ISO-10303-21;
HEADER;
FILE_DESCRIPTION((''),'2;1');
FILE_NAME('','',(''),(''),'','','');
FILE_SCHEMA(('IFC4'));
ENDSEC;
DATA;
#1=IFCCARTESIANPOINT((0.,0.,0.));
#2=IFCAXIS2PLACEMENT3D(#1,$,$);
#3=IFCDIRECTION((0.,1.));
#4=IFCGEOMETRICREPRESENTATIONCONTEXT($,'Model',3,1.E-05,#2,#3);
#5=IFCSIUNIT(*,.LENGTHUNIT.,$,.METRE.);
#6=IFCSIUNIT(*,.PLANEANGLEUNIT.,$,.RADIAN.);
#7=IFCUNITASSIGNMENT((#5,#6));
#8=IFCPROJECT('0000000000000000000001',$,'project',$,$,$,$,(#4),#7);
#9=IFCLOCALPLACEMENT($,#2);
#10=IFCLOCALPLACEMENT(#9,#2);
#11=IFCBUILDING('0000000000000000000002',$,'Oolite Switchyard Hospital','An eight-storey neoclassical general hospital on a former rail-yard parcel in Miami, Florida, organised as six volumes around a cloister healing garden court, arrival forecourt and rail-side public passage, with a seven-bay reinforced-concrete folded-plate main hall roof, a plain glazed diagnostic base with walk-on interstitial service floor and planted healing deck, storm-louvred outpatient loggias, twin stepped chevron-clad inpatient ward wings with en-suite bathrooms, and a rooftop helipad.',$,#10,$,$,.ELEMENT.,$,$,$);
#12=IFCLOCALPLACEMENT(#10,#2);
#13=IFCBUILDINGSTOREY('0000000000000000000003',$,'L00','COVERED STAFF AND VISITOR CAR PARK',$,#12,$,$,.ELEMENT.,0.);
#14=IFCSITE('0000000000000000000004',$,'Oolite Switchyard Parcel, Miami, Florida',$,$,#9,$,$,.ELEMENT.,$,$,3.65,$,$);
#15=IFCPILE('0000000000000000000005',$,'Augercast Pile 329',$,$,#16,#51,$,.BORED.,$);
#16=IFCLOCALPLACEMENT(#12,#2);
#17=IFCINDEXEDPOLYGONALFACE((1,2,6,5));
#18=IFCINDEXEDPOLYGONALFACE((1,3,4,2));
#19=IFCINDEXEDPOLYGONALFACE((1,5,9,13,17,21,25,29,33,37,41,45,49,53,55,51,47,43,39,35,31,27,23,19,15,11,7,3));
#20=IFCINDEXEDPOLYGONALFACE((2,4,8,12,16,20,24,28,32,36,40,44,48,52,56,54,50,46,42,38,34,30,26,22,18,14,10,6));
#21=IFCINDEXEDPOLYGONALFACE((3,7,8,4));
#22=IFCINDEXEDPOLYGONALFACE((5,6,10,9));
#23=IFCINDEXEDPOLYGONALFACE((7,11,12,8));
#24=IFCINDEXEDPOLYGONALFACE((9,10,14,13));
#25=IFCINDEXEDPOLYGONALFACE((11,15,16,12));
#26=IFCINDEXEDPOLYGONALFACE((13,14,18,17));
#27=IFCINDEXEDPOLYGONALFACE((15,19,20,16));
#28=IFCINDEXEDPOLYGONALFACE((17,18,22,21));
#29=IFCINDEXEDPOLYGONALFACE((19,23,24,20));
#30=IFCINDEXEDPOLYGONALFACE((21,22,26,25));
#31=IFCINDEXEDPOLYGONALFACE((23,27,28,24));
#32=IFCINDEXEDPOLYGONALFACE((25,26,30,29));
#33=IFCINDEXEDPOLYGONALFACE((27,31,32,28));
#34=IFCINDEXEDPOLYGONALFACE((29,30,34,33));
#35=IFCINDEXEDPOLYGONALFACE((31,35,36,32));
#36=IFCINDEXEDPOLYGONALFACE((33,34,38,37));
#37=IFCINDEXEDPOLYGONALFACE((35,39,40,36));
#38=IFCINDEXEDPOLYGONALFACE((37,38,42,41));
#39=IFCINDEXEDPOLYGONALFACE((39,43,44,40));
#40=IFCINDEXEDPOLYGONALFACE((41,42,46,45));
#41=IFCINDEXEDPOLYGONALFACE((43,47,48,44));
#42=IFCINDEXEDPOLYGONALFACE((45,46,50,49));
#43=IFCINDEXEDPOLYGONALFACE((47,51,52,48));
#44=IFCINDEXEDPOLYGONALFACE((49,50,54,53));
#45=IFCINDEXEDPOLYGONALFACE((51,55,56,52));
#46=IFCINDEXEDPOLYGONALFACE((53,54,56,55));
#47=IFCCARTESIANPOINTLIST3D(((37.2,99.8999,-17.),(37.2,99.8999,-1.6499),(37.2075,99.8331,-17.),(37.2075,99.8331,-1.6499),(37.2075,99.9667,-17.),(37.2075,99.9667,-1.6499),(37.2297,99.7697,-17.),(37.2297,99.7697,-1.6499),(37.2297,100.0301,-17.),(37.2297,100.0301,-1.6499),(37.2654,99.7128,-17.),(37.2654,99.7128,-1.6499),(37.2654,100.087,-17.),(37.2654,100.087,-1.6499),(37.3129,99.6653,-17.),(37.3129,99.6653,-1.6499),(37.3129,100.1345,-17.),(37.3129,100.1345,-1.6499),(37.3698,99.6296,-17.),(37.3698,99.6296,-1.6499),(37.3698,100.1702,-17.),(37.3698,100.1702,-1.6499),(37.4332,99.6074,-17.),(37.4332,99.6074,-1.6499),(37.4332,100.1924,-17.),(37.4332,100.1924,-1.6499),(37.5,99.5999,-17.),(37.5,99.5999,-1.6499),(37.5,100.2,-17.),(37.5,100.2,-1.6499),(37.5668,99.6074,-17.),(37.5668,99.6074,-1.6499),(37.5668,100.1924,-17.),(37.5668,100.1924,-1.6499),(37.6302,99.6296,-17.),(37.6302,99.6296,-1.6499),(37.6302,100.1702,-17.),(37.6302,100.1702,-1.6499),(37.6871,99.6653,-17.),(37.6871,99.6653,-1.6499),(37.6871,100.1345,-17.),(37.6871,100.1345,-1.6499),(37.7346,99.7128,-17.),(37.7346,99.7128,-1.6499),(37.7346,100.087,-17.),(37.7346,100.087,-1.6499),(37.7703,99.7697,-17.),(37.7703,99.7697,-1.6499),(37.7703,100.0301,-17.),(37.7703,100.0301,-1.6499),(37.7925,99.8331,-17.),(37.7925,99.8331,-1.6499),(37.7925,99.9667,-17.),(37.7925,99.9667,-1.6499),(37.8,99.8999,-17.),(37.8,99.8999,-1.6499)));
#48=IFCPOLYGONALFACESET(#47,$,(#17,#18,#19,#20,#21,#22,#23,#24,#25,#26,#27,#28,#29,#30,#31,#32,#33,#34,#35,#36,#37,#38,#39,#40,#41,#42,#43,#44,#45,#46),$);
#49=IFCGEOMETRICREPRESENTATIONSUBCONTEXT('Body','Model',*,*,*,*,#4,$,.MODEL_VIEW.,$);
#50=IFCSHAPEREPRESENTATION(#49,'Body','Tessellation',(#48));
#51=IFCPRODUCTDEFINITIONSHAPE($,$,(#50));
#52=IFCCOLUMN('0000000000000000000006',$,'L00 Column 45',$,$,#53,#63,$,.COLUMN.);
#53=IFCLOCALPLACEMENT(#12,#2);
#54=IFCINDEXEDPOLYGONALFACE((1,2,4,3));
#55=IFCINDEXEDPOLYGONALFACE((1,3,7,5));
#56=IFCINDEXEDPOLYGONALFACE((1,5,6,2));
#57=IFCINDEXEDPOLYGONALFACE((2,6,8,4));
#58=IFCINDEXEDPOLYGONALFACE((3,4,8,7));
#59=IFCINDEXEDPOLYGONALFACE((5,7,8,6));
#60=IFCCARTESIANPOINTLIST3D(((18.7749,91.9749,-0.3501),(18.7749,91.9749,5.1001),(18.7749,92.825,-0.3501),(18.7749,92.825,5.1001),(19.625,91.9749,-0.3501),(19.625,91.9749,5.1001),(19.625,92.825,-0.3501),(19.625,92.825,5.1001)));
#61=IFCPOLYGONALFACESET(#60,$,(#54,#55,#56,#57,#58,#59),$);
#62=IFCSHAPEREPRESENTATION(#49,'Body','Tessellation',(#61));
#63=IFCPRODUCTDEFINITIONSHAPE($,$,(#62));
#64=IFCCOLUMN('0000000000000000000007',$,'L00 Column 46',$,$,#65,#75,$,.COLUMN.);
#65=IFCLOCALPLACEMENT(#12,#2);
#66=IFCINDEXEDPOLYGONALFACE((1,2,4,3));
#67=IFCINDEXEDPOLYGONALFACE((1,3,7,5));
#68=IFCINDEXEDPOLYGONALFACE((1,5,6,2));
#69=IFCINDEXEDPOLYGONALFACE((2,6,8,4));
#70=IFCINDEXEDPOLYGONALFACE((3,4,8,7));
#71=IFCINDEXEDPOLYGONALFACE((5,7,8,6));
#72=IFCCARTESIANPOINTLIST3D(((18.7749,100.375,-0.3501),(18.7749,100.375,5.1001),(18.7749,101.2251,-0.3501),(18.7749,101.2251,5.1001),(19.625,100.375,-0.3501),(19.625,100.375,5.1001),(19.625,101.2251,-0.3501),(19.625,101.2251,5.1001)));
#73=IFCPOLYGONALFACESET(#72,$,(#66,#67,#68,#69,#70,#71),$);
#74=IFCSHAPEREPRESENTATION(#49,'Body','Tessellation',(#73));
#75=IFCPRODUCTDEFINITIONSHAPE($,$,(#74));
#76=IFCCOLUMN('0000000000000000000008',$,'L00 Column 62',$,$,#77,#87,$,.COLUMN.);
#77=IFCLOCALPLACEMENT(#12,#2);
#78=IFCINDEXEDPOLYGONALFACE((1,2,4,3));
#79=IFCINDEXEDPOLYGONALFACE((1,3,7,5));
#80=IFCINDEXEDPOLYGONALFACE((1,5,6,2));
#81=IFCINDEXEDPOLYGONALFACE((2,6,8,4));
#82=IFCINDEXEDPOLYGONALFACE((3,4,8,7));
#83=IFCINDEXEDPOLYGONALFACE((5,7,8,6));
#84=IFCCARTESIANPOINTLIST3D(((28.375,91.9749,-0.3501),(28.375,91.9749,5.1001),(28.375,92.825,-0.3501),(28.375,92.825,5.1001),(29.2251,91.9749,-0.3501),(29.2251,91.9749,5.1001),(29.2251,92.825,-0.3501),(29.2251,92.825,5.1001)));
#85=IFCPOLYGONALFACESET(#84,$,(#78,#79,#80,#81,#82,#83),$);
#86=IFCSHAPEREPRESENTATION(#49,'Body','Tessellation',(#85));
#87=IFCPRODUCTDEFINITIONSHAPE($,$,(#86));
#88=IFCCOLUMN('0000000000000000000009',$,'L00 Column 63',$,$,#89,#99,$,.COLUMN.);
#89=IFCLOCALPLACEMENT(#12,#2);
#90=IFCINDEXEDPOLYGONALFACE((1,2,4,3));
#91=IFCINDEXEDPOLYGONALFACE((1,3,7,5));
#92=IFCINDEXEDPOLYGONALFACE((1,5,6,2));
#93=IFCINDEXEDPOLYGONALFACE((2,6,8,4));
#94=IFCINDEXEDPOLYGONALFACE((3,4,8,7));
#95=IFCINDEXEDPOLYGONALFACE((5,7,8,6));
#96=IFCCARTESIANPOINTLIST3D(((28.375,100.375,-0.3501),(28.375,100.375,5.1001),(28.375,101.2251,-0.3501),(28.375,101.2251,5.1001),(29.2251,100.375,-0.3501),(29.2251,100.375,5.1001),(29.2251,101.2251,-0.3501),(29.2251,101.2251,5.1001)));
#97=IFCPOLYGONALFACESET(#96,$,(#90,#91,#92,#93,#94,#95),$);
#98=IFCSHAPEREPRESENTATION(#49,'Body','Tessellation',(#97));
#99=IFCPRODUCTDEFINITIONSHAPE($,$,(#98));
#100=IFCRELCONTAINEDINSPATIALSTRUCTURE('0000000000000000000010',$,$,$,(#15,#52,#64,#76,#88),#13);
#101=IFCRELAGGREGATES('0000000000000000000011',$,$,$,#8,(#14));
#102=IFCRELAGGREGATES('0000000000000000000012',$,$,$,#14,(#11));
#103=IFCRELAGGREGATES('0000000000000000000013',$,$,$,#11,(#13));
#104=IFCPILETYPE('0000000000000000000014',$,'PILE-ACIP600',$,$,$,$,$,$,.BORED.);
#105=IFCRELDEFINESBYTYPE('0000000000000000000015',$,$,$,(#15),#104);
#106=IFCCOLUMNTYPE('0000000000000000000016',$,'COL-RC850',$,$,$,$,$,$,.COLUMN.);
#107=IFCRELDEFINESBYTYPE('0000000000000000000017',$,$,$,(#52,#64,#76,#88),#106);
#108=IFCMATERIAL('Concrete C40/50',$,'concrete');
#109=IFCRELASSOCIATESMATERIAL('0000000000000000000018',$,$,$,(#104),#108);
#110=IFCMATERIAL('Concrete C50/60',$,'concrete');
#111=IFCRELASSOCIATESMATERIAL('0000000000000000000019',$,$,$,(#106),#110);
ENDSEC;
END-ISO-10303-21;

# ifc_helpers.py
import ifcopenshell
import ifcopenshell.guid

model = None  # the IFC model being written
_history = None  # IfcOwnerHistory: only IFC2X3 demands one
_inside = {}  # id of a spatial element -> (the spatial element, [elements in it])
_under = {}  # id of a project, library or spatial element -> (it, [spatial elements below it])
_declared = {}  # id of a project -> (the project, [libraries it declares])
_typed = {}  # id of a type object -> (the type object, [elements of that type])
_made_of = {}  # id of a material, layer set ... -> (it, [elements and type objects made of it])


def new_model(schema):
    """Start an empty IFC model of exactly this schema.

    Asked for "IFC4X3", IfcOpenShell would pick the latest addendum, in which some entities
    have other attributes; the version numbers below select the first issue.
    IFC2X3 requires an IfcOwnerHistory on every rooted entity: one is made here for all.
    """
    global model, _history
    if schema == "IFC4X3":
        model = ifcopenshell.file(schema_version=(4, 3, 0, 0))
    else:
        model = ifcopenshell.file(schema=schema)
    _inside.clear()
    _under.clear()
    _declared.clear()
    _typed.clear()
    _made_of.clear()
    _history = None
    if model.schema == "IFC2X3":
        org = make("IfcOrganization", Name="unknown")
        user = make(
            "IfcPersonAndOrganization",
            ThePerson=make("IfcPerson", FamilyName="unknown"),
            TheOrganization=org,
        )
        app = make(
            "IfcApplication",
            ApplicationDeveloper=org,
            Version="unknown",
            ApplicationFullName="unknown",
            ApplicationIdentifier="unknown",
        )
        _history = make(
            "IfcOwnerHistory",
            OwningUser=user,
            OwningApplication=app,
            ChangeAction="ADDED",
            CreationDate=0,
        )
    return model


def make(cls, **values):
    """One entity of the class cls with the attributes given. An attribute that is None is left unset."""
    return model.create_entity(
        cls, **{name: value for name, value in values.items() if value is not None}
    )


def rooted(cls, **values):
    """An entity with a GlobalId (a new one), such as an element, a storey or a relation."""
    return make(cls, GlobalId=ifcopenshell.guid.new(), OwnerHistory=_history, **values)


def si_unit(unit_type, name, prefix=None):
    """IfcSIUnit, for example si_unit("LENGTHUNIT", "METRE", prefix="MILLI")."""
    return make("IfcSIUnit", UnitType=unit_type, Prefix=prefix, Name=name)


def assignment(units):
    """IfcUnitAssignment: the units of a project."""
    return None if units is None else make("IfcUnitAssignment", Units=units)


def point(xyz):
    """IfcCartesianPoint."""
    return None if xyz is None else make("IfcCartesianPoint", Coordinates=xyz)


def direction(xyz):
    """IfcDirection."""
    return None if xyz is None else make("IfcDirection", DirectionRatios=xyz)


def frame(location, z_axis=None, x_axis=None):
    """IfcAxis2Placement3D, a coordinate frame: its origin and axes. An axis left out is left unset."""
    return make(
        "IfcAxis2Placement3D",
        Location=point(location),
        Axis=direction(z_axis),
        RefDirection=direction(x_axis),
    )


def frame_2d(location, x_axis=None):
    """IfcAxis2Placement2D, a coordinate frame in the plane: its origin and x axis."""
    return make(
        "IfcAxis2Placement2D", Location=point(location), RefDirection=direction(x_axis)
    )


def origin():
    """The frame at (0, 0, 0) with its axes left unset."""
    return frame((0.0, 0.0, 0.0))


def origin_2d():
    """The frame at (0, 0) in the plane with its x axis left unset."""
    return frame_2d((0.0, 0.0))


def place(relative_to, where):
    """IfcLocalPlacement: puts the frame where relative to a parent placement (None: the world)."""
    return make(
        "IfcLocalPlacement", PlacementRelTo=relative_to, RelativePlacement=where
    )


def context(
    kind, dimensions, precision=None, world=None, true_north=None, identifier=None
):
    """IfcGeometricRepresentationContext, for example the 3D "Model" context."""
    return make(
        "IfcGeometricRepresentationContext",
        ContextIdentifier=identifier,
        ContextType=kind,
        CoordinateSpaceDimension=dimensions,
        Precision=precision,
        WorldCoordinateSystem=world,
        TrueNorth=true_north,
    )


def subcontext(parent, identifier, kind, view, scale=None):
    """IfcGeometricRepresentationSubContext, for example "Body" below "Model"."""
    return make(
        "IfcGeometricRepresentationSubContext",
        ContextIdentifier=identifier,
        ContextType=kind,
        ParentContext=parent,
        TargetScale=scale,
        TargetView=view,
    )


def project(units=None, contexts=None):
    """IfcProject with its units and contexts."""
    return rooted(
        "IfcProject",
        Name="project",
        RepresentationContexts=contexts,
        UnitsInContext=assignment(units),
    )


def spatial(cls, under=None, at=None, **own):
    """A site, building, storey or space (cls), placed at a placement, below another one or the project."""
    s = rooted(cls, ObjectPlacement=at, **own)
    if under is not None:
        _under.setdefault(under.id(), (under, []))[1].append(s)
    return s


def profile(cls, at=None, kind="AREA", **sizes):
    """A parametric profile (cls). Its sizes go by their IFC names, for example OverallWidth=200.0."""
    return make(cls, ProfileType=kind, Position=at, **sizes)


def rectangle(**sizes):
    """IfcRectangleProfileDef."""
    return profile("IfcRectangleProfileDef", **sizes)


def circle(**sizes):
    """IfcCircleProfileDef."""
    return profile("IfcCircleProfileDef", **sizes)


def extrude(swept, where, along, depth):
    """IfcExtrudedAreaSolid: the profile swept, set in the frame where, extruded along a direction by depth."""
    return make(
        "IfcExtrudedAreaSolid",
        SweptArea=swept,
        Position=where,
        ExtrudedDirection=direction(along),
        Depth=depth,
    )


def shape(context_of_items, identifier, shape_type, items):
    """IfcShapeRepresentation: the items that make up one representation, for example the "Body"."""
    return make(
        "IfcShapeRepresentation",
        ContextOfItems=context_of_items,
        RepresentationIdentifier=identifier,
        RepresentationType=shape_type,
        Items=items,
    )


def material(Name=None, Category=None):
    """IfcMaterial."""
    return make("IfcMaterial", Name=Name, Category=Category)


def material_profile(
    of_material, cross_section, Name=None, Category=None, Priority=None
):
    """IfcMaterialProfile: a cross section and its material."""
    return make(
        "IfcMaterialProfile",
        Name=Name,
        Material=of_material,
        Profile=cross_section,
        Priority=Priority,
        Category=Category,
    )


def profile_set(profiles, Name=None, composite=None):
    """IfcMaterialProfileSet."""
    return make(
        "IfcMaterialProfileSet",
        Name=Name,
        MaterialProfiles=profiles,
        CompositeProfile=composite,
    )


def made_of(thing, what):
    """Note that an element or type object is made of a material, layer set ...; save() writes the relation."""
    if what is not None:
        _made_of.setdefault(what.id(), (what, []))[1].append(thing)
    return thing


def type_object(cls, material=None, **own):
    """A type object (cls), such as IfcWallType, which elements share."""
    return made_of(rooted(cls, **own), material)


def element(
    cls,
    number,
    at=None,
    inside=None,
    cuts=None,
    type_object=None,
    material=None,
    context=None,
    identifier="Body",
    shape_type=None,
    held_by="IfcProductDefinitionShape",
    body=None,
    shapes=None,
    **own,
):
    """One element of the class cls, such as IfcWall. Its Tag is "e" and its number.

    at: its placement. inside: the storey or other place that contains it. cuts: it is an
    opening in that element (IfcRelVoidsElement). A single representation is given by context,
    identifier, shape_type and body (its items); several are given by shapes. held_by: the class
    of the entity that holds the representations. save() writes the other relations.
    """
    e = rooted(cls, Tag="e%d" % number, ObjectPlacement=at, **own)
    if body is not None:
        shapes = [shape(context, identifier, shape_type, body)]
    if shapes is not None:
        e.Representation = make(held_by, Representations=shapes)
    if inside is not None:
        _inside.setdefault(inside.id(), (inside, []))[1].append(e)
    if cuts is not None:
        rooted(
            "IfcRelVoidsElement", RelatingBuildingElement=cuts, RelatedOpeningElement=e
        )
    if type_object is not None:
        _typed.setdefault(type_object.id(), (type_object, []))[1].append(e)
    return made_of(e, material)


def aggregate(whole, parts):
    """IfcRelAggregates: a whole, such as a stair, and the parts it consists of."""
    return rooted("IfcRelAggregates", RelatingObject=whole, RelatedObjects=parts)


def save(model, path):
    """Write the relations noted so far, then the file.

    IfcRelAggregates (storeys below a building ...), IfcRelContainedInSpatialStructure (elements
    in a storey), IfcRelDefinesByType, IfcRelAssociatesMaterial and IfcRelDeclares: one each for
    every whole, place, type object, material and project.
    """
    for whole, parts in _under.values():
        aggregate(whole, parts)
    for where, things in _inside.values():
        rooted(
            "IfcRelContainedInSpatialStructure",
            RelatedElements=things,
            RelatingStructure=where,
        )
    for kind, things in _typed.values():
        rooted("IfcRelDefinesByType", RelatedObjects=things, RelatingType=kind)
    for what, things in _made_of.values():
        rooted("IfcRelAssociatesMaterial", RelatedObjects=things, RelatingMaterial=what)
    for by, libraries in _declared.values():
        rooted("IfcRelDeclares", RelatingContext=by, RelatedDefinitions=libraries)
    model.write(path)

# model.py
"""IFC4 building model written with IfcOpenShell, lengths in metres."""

from ifc_helpers import new_model, si_unit, direction, frame, origin, origin_2d, place, context, subcontext, project, spatial, rectangle, circle, extrude, material, material_profile, profile_set, type_object, element, save


model = new_model("IFC4")

# Units and contexts
model_context = context("Model", 3, precision=1e-05, world=origin(), true_north=direction((0.0, 1.0)))
body_context = subcontext(model_context, "Body", "Model", "MODEL_VIEW")
ifc_project = project(units=[si_unit("LENGTHUNIT", "METRE"), si_unit("PLANEANGLEUNIT", "RADIAN")], contexts=[model_context])

# Site, building, storey
site_placement = place(None, origin())
site = spatial("IfcSite", under=ifc_project, at=site_placement, Name="Oolite Switchyard Parcel, Miami, Florida", CompositionType="ELEMENT", RefElevation=3.65)
building_placement = place(site_placement, origin())
building = spatial("IfcBuilding", under=site, at=building_placement, Name="Oolite Switchyard Hospital", Description="An eight-storey neoclassical general hospital on a former rail-yard parcel in Miami, Florida, organised as six volumes around a cloister healing garden court, arrival forecourt and rail-side public passage, with a seven-bay reinforced-concrete folded-plate main hall roof, a plain glazed diagnostic base with walk-on interstitial service floor and planted healing deck, storm-louvred outpatient loggias, twin stepped chevron-clad inpatient ward wings with en-suite bathrooms, and a rooftop helipad.", CompositionType="ELEMENT")
storey_placement = place(building_placement, origin())
storey = spatial("IfcBuildingStorey", under=building, at=storey_placement, Name="L00", Description="COVERED STAFF AND VISITOR CAR PARK", CompositionType="ELEMENT", Elevation=0.0)

# Shared definitions
ifc_material_1 = material(Name="Concrete C40/50", Category="concrete")

# Pile
ifc_material_profile_1 = material_profile(ifc_material_1, circle(Radius=0.3, at=origin_2d()), Name="PILE600")
ifc_profile_set_1 = profile_set([ifc_material_profile_1], Name="Concrete C40/50")
pile_type = type_object("IfcPileType", Name="PILE-ACIP600", PredefinedType="BORED", material=ifc_profile_set_1)
pile_1_placement = place(storey_placement, frame((37.5, 99.8999, -1.6499), z_axis=(0.0, 0.0, -1.0), x_axis=(1.0, 0.0, 0.0)))
element("IfcPile", 1, at=pile_1_placement, inside=storey, type_object=pile_type, Name="Augercast Pile 329", PredefinedType="BORED", context=body_context, shape_type="SweptSolid", body=[
    extrude(circle(Radius=0.3, at=origin_2d()), origin(), (0.0, 0.0, 1.0), 15.3501),
])

# Columns
ifc_material_2 = material(Name="Concrete C50/60", Category="concrete")
ifc_material_profile_2 = material_profile(ifc_material_2, rectangle(XDim=0.8501, YDim=0.8501, at=origin_2d()), Name="RC850X850")
ifc_profile_set_2 = profile_set([ifc_material_profile_2], Name="Concrete C50/60")
column_type = type_object("IfcColumnType", Name="COL-RC850", PredefinedType="COLUMN", material=ifc_profile_set_2)
for number, where, z_axis, x_axis, name in (
    (2, (19.2, 92.3999, -0.3501), (0.0, 0.0, 1.0), (1.0, 0.0, 0.0), "L00 Column 45"),
    (3, (19.2, 100.8, -0.3501), (0.0, 0.0, 1.0), (1.0, 0.0, 0.0), "L00 Column 46"),
    (4, (28.8, 92.3999, -0.3501), (0.0, 0.0, 1.0), (1.0, 0.0, 0.0), "L00 Column 62"),
    (5, (28.8, 100.8, -0.3501), (0.0, 0.0, 1.0), (1.0, 0.0, 0.0), "L00 Column 63"),
):
    element("IfcColumn", number, at=place(storey_placement, frame(where, z_axis=z_axis, x_axis=x_axis)), inside=storey, type_object=column_type, Name=name, PredefinedType="COLUMN", context=body_context, shape_type="SweptSolid", body=[
        extrude(rectangle(XDim=0.8501, YDim=0.8501, at=origin_2d()), origin(), (0.0, 0.0, 1.0), 5.4502),
    ])

save(model, "model.ifc")
